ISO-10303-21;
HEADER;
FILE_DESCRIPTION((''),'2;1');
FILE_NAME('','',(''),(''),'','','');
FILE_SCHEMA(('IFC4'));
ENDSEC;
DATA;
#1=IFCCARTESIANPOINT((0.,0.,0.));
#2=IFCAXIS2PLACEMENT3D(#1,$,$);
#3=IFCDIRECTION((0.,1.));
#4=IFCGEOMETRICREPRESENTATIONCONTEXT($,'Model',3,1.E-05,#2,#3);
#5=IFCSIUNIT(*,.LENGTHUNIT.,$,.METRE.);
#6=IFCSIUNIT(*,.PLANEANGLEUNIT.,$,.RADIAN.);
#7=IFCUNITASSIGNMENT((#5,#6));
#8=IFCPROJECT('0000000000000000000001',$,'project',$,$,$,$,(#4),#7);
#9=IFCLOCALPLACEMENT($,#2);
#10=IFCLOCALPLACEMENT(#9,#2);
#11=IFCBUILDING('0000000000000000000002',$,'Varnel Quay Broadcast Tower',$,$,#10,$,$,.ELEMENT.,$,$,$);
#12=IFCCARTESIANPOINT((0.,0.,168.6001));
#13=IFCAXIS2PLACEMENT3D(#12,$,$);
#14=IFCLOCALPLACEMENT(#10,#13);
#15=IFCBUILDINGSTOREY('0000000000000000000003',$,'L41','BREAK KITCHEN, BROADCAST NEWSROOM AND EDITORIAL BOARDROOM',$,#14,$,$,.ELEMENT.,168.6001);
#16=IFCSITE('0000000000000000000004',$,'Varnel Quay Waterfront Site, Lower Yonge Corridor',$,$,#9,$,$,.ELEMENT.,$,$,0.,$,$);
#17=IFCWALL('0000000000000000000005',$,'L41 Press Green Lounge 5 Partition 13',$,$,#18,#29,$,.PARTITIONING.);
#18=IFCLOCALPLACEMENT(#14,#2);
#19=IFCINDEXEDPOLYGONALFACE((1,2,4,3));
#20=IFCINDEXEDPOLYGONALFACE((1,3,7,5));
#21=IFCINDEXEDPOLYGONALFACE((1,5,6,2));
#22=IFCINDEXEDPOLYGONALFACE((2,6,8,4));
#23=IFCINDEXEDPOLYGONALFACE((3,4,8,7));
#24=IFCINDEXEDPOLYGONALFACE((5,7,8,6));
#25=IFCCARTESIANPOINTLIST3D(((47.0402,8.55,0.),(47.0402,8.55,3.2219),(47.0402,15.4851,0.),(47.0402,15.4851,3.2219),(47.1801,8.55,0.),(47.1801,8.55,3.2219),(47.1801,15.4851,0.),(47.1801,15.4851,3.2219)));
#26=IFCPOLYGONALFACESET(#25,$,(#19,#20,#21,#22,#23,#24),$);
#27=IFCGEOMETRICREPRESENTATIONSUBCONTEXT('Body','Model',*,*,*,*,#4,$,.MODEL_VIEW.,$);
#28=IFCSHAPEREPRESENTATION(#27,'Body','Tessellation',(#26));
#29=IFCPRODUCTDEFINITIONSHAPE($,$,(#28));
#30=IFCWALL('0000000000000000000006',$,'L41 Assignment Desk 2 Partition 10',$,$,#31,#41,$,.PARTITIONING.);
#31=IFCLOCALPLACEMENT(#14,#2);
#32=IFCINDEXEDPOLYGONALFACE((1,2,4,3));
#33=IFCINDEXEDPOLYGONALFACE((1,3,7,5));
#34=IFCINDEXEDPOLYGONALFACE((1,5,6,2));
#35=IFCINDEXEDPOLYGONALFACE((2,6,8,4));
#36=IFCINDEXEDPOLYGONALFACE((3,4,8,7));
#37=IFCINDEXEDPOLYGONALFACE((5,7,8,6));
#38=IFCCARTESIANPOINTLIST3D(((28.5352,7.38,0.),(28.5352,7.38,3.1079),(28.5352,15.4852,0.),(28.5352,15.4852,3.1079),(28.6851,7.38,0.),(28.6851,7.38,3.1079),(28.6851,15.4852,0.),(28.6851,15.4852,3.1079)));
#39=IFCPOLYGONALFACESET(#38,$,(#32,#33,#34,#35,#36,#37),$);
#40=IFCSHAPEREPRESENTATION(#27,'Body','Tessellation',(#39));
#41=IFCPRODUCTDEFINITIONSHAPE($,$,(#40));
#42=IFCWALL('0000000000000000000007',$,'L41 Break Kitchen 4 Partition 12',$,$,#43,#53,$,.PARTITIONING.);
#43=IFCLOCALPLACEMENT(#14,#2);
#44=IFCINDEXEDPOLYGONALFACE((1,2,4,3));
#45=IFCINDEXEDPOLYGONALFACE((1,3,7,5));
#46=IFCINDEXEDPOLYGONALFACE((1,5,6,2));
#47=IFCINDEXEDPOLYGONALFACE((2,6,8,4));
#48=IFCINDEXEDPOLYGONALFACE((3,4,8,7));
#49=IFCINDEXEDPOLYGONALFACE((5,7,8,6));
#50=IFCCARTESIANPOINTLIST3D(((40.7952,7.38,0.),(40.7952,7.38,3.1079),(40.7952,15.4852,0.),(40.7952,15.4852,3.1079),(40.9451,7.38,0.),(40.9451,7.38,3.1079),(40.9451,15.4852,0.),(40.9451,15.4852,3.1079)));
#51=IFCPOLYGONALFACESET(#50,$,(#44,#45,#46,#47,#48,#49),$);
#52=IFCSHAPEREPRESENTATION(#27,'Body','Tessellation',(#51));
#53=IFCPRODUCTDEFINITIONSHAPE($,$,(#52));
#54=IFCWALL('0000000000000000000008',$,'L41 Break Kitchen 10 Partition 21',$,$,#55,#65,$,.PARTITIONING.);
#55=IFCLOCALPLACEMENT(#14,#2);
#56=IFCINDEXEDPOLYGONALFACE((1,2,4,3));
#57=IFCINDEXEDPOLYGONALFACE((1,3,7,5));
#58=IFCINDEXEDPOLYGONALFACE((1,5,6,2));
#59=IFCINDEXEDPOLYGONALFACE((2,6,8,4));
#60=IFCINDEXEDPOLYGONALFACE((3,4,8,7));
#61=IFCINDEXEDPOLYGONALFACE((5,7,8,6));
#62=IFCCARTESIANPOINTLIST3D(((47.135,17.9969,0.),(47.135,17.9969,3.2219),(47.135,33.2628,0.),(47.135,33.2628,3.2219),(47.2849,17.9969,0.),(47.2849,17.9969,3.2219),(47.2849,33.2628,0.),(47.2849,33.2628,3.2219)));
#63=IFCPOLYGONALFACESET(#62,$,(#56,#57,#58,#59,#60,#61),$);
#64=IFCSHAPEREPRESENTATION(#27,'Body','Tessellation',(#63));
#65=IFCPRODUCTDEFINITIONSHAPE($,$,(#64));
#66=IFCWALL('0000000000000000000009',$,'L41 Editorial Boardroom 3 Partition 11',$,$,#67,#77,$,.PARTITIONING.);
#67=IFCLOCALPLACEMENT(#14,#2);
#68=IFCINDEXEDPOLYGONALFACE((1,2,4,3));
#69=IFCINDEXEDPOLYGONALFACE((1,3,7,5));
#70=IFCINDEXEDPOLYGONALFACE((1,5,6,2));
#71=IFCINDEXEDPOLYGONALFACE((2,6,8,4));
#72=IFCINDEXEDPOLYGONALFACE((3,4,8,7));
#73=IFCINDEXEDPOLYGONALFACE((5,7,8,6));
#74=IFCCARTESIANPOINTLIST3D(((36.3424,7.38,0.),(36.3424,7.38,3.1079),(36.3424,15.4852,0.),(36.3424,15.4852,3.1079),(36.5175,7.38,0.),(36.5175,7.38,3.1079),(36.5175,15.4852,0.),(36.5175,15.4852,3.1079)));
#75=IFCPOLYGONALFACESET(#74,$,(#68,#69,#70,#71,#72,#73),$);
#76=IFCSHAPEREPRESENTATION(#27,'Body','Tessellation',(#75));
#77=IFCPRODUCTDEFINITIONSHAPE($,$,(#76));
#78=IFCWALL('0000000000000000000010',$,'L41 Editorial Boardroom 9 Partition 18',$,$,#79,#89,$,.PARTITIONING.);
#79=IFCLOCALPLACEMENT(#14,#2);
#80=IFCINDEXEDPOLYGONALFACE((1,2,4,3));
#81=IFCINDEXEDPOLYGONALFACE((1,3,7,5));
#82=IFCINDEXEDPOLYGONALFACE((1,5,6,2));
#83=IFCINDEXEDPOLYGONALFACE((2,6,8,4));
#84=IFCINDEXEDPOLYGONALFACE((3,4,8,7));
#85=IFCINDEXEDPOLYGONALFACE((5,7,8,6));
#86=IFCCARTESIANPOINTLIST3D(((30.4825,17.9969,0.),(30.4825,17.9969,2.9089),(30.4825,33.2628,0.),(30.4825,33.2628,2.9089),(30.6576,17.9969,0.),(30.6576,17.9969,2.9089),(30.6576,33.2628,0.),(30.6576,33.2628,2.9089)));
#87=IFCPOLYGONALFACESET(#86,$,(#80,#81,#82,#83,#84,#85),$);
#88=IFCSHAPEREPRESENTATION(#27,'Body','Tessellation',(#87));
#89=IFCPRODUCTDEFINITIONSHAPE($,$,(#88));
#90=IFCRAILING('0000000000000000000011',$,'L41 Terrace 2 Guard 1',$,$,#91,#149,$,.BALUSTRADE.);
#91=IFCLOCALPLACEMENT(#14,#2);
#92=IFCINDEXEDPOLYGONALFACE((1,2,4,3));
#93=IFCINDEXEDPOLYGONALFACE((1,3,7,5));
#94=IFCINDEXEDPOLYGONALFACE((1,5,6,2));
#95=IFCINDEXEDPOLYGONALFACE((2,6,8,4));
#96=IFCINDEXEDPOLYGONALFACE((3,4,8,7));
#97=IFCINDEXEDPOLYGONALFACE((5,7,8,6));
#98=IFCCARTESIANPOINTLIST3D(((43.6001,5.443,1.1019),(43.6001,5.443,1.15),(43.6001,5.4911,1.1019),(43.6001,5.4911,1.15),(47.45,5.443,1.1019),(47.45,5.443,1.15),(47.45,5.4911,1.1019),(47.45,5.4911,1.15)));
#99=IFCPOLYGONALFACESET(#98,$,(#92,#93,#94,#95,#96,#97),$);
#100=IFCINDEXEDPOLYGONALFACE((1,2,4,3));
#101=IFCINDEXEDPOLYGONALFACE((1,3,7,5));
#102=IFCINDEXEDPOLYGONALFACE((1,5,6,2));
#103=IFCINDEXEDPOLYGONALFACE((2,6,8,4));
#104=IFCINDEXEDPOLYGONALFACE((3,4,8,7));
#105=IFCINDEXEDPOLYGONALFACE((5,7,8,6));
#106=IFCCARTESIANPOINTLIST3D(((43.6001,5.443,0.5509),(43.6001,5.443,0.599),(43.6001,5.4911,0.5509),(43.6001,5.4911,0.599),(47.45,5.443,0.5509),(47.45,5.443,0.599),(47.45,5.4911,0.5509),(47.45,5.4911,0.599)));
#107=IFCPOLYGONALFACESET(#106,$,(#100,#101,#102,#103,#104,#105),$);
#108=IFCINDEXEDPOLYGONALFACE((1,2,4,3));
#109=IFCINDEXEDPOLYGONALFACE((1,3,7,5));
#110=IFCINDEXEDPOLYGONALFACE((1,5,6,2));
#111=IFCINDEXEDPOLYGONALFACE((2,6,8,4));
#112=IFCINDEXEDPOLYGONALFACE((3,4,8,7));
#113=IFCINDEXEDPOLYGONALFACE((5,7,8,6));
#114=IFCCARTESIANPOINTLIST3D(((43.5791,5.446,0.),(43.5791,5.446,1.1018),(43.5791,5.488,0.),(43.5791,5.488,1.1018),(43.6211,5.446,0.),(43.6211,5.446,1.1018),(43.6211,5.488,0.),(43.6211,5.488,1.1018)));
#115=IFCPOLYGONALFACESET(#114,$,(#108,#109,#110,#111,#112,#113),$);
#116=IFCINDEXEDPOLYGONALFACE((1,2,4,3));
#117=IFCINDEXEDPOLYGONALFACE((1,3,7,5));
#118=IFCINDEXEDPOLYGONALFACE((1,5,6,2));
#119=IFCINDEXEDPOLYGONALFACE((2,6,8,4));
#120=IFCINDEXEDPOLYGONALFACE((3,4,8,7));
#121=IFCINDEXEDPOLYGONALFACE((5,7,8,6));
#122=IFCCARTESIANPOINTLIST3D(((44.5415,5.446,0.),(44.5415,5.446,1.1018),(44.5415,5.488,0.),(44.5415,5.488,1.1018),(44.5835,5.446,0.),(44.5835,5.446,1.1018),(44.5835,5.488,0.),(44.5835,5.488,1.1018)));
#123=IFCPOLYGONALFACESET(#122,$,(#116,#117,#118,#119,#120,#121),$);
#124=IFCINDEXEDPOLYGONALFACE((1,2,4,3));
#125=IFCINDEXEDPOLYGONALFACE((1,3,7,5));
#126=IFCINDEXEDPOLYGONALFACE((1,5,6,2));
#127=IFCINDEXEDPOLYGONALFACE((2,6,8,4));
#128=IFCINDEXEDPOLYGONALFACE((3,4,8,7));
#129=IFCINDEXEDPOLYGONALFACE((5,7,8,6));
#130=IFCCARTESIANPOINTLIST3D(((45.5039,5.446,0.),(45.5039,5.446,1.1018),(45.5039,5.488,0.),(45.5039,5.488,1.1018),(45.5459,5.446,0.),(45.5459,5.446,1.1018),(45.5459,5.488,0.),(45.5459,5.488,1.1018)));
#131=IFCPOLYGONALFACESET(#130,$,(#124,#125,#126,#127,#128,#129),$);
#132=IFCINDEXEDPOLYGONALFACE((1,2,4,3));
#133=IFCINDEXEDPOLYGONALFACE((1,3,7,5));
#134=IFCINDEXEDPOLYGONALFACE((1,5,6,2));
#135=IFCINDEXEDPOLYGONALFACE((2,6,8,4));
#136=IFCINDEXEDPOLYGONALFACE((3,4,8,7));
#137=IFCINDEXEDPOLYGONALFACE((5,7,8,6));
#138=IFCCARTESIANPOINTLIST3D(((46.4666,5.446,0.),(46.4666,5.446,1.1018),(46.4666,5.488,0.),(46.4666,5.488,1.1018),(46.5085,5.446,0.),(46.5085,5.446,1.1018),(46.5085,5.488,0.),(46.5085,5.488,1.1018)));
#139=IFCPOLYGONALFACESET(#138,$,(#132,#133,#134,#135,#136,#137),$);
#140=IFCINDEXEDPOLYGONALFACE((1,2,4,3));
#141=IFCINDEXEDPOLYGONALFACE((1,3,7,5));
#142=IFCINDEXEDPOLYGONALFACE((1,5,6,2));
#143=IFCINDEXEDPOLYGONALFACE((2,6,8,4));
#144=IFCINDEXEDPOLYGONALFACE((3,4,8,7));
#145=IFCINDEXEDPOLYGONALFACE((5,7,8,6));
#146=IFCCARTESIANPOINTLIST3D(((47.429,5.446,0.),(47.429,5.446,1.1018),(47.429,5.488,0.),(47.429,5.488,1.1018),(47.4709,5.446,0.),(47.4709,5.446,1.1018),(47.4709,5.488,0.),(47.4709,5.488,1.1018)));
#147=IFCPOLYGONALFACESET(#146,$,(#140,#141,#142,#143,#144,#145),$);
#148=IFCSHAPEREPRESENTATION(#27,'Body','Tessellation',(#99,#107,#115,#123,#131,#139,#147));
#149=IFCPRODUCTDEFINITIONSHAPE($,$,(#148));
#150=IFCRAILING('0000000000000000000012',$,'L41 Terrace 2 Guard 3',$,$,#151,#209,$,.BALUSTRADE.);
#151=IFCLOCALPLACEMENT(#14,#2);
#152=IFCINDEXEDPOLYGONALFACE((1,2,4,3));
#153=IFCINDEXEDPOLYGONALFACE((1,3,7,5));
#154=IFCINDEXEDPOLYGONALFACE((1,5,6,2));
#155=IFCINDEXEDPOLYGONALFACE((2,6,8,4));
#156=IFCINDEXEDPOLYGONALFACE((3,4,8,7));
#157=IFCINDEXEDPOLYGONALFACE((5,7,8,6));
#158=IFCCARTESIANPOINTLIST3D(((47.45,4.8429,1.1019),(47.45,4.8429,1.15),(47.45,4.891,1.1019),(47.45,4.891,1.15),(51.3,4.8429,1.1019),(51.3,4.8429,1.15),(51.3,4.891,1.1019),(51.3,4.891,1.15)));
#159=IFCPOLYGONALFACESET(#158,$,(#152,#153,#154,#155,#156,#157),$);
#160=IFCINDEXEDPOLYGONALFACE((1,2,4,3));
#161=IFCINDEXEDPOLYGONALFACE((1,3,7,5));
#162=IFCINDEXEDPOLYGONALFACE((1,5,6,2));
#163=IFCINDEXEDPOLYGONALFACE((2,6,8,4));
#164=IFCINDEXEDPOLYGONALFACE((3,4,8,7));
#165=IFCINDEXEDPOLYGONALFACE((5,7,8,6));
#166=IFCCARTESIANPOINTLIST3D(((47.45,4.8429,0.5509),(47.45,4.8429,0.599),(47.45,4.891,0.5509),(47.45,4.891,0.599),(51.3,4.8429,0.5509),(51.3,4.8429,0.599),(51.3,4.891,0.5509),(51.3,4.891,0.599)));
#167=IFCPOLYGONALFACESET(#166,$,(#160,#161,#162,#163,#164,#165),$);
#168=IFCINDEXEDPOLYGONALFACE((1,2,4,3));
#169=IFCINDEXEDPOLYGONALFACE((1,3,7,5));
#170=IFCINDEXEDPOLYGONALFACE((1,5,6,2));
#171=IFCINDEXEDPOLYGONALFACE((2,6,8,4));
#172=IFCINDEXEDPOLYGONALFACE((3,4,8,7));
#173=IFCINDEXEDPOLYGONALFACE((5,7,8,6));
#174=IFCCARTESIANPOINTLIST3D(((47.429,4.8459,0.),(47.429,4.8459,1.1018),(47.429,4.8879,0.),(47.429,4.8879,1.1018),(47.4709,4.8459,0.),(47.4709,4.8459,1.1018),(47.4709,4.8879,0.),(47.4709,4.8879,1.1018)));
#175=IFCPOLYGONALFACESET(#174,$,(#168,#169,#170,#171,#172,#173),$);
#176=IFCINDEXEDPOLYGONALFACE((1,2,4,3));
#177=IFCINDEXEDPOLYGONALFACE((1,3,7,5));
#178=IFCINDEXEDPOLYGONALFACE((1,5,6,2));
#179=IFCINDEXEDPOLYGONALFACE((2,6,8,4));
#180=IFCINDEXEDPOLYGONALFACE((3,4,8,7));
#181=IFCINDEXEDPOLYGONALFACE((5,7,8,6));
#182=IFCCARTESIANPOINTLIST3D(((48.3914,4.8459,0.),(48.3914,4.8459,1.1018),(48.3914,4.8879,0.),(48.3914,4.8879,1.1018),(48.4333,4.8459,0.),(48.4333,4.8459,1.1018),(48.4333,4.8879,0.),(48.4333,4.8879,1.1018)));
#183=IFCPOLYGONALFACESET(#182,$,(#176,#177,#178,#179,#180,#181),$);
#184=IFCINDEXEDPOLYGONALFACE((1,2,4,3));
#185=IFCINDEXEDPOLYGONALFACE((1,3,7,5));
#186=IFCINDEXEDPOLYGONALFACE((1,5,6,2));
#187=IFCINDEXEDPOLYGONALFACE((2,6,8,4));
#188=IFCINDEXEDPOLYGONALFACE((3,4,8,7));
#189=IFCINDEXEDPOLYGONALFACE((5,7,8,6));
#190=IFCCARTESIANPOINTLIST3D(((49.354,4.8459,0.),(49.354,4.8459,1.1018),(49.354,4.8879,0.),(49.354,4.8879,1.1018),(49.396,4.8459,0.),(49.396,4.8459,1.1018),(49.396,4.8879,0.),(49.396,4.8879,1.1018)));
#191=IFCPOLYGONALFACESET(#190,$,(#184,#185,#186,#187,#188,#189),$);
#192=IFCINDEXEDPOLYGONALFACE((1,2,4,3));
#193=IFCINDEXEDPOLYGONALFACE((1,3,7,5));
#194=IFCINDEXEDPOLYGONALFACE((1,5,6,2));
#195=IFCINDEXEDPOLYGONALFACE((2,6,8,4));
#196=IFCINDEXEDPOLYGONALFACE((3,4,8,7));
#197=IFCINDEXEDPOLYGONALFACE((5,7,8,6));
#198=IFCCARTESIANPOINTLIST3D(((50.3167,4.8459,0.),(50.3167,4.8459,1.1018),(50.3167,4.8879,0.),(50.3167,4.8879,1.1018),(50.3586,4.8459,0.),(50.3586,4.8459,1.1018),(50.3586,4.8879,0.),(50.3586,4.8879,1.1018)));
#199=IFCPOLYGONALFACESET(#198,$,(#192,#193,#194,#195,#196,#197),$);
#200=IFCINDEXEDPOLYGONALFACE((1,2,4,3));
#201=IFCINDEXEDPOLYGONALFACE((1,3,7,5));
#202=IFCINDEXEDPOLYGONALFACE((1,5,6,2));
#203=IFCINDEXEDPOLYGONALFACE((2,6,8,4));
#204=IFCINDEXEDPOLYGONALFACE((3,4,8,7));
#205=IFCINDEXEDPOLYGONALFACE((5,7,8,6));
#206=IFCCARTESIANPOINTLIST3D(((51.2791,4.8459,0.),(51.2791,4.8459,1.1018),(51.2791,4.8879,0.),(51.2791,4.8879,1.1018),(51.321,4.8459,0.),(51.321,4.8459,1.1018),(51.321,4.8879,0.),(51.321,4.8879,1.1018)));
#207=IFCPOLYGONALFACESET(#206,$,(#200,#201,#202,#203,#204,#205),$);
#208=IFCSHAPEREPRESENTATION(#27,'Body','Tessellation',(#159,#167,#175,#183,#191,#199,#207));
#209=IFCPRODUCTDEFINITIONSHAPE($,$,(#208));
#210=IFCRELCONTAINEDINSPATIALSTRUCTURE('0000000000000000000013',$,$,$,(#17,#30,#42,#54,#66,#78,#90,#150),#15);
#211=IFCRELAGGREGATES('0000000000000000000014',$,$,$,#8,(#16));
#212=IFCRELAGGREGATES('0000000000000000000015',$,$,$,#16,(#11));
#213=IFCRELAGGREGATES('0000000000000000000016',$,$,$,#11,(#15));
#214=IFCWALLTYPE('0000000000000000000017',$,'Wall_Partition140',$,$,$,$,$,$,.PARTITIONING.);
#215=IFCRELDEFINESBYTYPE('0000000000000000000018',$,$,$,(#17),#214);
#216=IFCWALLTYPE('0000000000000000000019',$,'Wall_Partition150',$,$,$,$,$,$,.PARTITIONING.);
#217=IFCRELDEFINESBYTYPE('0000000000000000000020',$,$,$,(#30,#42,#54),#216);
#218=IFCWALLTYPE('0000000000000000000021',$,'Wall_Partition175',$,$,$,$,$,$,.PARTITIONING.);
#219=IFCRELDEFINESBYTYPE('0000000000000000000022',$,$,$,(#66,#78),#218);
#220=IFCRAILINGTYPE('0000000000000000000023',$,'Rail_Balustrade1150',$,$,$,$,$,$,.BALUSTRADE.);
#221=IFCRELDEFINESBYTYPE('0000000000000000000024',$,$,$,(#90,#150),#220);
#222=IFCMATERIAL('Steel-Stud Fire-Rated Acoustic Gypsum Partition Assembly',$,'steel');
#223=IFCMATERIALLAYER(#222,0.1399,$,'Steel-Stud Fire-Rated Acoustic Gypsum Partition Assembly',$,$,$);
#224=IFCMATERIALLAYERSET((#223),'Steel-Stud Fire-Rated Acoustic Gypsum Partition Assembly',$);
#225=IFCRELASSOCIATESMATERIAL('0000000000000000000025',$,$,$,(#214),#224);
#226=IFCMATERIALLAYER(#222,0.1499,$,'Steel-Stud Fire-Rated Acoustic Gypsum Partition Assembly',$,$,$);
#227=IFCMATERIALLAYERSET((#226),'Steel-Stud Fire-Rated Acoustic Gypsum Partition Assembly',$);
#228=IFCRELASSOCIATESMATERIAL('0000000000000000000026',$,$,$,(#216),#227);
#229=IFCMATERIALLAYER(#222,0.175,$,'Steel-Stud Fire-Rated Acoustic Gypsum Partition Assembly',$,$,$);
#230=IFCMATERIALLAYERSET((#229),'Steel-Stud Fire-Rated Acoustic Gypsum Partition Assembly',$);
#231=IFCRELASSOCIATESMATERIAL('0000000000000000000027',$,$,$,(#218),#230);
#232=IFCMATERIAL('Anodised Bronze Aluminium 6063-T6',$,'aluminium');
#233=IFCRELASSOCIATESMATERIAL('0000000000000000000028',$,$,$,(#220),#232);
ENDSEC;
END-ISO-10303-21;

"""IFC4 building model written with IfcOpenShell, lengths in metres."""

from ifc_helpers import new_model, si_unit, direction, frame, frame_2d, origin, origin_2d, place, context, subcontext, project, spatial, rectangle, extrude, material, layer, layer_set, type_object, element, save


model = new_model("IFC4")

# Units and contexts
model_context = context("Model", 3, precision=1e-05, world=origin(), true_north=direction((0.0, 1.0)))
body_context = subcontext(model_context, "Body", "Model", "MODEL_VIEW")
ifc_project = project(units=[si_unit("LENGTHUNIT", "METRE"), si_unit("PLANEANGLEUNIT", "RADIAN")], contexts=[model_context])

# Site, building, storey
site_placement = place(None, origin())
site = spatial("IfcSite", under=ifc_project, at=site_placement, Name="Varnel Quay Waterfront Site, Lower Yonge Corridor", CompositionType="ELEMENT", RefElevation=0.0)
building_placement = place(site_placement, origin())
building = spatial("IfcBuilding", under=site, at=building_placement, Name="Varnel Quay Broadcast Tower", CompositionType="ELEMENT")
storey_placement = place(building_placement, frame((0.0, 0.0, 168.6001)))
storey = spatial("IfcBuildingStorey", under=building, at=storey_placement, Name="L41", Description="BREAK KITCHEN, BROADCAST NEWSROOM AND EDITORIAL BOARDROOM", CompositionType="ELEMENT", Elevation=168.6001)

# Shared definitions
ifc_material_1 = material(Name="Anodised Bronze Aluminium 6063-T6", Category="aluminium")

# Walls
ifc_material_2 = material(Name="Steel-Stud Fire-Rated Acoustic Gypsum Partition Assembly", Category="steel")
ifc_layer_1 = layer(ifc_material_2, 0.1399, Name="Steel-Stud Fire-Rated Acoustic Gypsum Partition Assembly")
ifc_layer_set_1 = layer_set([ifc_layer_1], Name="Steel-Stud Fire-Rated Acoustic Gypsum Partition Assembly")
wall_type_1 = type_object("IfcWallType", Name="Wall_Partition140", PredefinedType="PARTITIONING", material=ifc_layer_set_1)
wall_1_placement = place(storey_placement, frame((47.1101, 8.55, 0.0), z_axis=(0.0, 0.0, 1.0), x_axis=(0.0, 1.0, 0.0)))
element("IfcWall", 1, at=wall_1_placement, inside=storey, type_object=wall_type_1, Name="L41 Press Green Lounge 5 Partition 13", PredefinedType="PARTITIONING", context=body_context, shape_type="SweptSolid", body=[
    extrude(rectangle(XDim=6.9351, YDim=0.1399, at=frame_2d((3.4675, 0.0))), origin(), (0.0, 0.0, 1.0), 3.2219),
])
ifc_layer_2 = layer(ifc_material_2, 0.1499, Name="Steel-Stud Fire-Rated Acoustic Gypsum Partition Assembly")
ifc_layer_set_2 = layer_set([ifc_layer_2], Name="Steel-Stud Fire-Rated Acoustic Gypsum Partition Assembly")
wall_type_2 = type_object("IfcWallType", Name="Wall_Partition150", PredefinedType="PARTITIONING", material=ifc_layer_set_2)
for number, where, z_axis, x_axis, name in (
    (2, (28.6101, 7.3799, 0.0), (0.0, 0.0, 1.0), (0.0, 1.0, 0.0), "L41 Assignment Desk 2 Partition 10"),
    (3, (40.8701, 7.3799, 0.0), (0.0, 0.0, 1.0), (0.0, 1.0, 0.0), "L41 Break Kitchen 4 Partition 12"),
):
    element("IfcWall", number, at=place(storey_placement, frame(where, z_axis=z_axis, x_axis=x_axis)), inside=storey, type_object=wall_type_2, Name=name, PredefinedType="PARTITIONING", context=body_context, shape_type="SweptSolid", body=[
        extrude(rectangle(XDim=8.1052, YDim=0.1499, at=frame_2d((4.0527, 0.0))), origin(), (0.0, 0.0, 1.0), 3.1079),
    ])
wall_2_placement = place(storey_placement, frame((47.21, 17.9971, 0.0), z_axis=(0.0, 0.0, 1.0), x_axis=(0.0, 1.0, 0.0)))
element("IfcWall", 4, at=wall_2_placement, inside=storey, type_object=wall_type_2, Name="L41 Break Kitchen 10 Partition 21", PredefinedType="PARTITIONING", context=body_context, shape_type="SweptSolid", body=[
    extrude(rectangle(XDim=15.2659, YDim=0.1499, at=frame_2d((7.6328, 0.0))), origin(), (0.0, 0.0, 1.0), 3.2219),
])
ifc_layer_3 = layer(ifc_material_2, 0.175, Name="Steel-Stud Fire-Rated Acoustic Gypsum Partition Assembly")
ifc_layer_set_3 = layer_set([ifc_layer_3], Name="Steel-Stud Fire-Rated Acoustic Gypsum Partition Assembly")
wall_type_3 = type_object("IfcWallType", Name="Wall_Partition175", PredefinedType="PARTITIONING", material=ifc_layer_set_3)
wall_3_placement = place(storey_placement, frame((36.4299, 7.3799, 0.0), z_axis=(0.0, 0.0, 1.0), x_axis=(0.0, 1.0, 0.0)))
element("IfcWall", 5, at=wall_3_placement, inside=storey, type_object=wall_type_3, Name="L41 Editorial Boardroom 3 Partition 11", PredefinedType="PARTITIONING", context=body_context, shape_type="SweptSolid", body=[
    extrude(rectangle(XDim=8.1052, YDim=0.175, at=frame_2d((4.0527, 0.0))), origin(), (0.0, 0.0, 1.0), 3.1079),
])
wall_4_placement = place(storey_placement, frame((30.5701, 17.9971, 0.0), z_axis=(0.0, 0.0, 1.0), x_axis=(0.0, 1.0, 0.0)))
element("IfcWall", 6, at=wall_4_placement, inside=storey, type_object=wall_type_3, Name="L41 Editorial Boardroom 9 Partition 18", PredefinedType="PARTITIONING", context=body_context, shape_type="SweptSolid", body=[
    extrude(rectangle(XDim=15.2659, YDim=0.175, at=frame_2d((7.6328, 0.0))), origin(), (0.0, 0.0, 1.0), 2.9089),
])

# Railings
railing_type = type_object("IfcRailingType", Name="Rail_Balustrade1150", PredefinedType="BALUSTRADE", material=ifc_material_1)
railing_1_placement = place(storey_placement, frame((43.6001, 5.467, 0.0)))
element("IfcRailing", 7, at=railing_1_placement, inside=storey, type_object=railing_type, Name="L41 Terrace 2 Guard 1", PredefinedType="BALUSTRADE", context=body_context, shape_type="SweptSolid", body=[
    extrude(rectangle(XDim=0.0481, YDim=0.0481, at=origin_2d()), frame((0.0, 0.0, 1.126), z_axis=(1.0, 0.0, 0.0), x_axis=(0.0, 1.0, 0.0)), (0.0, 0.0, 1.0), 3.8499),
    extrude(rectangle(XDim=0.0481, YDim=0.0481, at=origin_2d()), frame((0.0, 0.0, 0.575), z_axis=(1.0, 0.0, 0.0), x_axis=(0.0, 1.0, 0.0)), (0.0, 0.0, 1.0), 3.8499),
    extrude(rectangle(XDim=0.042, YDim=0.042, at=origin_2d()), origin(), (0.0, 0.0, 1.0), 1.1018),
    extrude(rectangle(XDim=0.042, YDim=0.042, at=origin_2d()), frame((0.9624, 0.0, 0.0)), (0.0, 0.0, 1.0), 1.1018),
    extrude(rectangle(XDim=0.042, YDim=0.042, at=origin_2d()), frame((1.9248, 0.0, 0.0)), (0.0, 0.0, 1.0), 1.1018),
    extrude(rectangle(XDim=0.042, YDim=0.042, at=origin_2d()), frame((2.8875, 0.0, 0.0)), (0.0, 0.0, 1.0), 1.1018),
    extrude(rectangle(XDim=0.042, YDim=0.042, at=origin_2d()), frame((3.8499, 0.0, 0.0)), (0.0, 0.0, 1.0), 1.1018),
])
railing_2_placement = place(storey_placement, frame((47.45, 4.8669, 0.0)))
element("IfcRailing", 8, at=railing_2_placement, inside=storey, type_object=railing_type, Name="L41 Terrace 2 Guard 3", PredefinedType="BALUSTRADE", context=body_context, shape_type="SweptSolid", body=[
    extrude(rectangle(XDim=0.0481, YDim=0.0481, at=origin_2d()), frame((0.0, 0.0, 1.126), z_axis=(1.0, 0.0, 0.0), x_axis=(0.0, 1.0, 0.0)), (0.0, 0.0, 1.0), 3.8501),
    extrude(rectangle(XDim=0.0481, YDim=0.0481, at=origin_2d()), frame((0.0, 0.0, 0.575), z_axis=(1.0, 0.0, 0.0), x_axis=(0.0, 1.0, 0.0)), (0.0, 0.0, 1.0), 3.8501),
    extrude(rectangle(XDim=0.042, YDim=0.042, at=origin_2d()), origin(), (0.0, 0.0, 1.0), 1.1018),
    extrude(rectangle(XDim=0.042, YDim=0.042, at=origin_2d()), frame((0.9624, 0.0, 0.0)), (0.0, 0.0, 1.0), 1.1018),
    extrude(rectangle(XDim=0.042, YDim=0.042, at=origin_2d()), frame((1.925, 0.0, 0.0)), (0.0, 0.0, 1.0), 1.1018),
    extrude(rectangle(XDim=0.042, YDim=0.042, at=origin_2d()), frame((2.8877, 0.0, 0.0)), (0.0, 0.0, 1.0), 1.1018),
    extrude(rectangle(XDim=0.042, YDim=0.042, at=origin_2d()), frame((3.8501, 0.0, 0.0)), (0.0, 0.0, 1.0), 1.1018),
])

save(model, "model.ifc")
